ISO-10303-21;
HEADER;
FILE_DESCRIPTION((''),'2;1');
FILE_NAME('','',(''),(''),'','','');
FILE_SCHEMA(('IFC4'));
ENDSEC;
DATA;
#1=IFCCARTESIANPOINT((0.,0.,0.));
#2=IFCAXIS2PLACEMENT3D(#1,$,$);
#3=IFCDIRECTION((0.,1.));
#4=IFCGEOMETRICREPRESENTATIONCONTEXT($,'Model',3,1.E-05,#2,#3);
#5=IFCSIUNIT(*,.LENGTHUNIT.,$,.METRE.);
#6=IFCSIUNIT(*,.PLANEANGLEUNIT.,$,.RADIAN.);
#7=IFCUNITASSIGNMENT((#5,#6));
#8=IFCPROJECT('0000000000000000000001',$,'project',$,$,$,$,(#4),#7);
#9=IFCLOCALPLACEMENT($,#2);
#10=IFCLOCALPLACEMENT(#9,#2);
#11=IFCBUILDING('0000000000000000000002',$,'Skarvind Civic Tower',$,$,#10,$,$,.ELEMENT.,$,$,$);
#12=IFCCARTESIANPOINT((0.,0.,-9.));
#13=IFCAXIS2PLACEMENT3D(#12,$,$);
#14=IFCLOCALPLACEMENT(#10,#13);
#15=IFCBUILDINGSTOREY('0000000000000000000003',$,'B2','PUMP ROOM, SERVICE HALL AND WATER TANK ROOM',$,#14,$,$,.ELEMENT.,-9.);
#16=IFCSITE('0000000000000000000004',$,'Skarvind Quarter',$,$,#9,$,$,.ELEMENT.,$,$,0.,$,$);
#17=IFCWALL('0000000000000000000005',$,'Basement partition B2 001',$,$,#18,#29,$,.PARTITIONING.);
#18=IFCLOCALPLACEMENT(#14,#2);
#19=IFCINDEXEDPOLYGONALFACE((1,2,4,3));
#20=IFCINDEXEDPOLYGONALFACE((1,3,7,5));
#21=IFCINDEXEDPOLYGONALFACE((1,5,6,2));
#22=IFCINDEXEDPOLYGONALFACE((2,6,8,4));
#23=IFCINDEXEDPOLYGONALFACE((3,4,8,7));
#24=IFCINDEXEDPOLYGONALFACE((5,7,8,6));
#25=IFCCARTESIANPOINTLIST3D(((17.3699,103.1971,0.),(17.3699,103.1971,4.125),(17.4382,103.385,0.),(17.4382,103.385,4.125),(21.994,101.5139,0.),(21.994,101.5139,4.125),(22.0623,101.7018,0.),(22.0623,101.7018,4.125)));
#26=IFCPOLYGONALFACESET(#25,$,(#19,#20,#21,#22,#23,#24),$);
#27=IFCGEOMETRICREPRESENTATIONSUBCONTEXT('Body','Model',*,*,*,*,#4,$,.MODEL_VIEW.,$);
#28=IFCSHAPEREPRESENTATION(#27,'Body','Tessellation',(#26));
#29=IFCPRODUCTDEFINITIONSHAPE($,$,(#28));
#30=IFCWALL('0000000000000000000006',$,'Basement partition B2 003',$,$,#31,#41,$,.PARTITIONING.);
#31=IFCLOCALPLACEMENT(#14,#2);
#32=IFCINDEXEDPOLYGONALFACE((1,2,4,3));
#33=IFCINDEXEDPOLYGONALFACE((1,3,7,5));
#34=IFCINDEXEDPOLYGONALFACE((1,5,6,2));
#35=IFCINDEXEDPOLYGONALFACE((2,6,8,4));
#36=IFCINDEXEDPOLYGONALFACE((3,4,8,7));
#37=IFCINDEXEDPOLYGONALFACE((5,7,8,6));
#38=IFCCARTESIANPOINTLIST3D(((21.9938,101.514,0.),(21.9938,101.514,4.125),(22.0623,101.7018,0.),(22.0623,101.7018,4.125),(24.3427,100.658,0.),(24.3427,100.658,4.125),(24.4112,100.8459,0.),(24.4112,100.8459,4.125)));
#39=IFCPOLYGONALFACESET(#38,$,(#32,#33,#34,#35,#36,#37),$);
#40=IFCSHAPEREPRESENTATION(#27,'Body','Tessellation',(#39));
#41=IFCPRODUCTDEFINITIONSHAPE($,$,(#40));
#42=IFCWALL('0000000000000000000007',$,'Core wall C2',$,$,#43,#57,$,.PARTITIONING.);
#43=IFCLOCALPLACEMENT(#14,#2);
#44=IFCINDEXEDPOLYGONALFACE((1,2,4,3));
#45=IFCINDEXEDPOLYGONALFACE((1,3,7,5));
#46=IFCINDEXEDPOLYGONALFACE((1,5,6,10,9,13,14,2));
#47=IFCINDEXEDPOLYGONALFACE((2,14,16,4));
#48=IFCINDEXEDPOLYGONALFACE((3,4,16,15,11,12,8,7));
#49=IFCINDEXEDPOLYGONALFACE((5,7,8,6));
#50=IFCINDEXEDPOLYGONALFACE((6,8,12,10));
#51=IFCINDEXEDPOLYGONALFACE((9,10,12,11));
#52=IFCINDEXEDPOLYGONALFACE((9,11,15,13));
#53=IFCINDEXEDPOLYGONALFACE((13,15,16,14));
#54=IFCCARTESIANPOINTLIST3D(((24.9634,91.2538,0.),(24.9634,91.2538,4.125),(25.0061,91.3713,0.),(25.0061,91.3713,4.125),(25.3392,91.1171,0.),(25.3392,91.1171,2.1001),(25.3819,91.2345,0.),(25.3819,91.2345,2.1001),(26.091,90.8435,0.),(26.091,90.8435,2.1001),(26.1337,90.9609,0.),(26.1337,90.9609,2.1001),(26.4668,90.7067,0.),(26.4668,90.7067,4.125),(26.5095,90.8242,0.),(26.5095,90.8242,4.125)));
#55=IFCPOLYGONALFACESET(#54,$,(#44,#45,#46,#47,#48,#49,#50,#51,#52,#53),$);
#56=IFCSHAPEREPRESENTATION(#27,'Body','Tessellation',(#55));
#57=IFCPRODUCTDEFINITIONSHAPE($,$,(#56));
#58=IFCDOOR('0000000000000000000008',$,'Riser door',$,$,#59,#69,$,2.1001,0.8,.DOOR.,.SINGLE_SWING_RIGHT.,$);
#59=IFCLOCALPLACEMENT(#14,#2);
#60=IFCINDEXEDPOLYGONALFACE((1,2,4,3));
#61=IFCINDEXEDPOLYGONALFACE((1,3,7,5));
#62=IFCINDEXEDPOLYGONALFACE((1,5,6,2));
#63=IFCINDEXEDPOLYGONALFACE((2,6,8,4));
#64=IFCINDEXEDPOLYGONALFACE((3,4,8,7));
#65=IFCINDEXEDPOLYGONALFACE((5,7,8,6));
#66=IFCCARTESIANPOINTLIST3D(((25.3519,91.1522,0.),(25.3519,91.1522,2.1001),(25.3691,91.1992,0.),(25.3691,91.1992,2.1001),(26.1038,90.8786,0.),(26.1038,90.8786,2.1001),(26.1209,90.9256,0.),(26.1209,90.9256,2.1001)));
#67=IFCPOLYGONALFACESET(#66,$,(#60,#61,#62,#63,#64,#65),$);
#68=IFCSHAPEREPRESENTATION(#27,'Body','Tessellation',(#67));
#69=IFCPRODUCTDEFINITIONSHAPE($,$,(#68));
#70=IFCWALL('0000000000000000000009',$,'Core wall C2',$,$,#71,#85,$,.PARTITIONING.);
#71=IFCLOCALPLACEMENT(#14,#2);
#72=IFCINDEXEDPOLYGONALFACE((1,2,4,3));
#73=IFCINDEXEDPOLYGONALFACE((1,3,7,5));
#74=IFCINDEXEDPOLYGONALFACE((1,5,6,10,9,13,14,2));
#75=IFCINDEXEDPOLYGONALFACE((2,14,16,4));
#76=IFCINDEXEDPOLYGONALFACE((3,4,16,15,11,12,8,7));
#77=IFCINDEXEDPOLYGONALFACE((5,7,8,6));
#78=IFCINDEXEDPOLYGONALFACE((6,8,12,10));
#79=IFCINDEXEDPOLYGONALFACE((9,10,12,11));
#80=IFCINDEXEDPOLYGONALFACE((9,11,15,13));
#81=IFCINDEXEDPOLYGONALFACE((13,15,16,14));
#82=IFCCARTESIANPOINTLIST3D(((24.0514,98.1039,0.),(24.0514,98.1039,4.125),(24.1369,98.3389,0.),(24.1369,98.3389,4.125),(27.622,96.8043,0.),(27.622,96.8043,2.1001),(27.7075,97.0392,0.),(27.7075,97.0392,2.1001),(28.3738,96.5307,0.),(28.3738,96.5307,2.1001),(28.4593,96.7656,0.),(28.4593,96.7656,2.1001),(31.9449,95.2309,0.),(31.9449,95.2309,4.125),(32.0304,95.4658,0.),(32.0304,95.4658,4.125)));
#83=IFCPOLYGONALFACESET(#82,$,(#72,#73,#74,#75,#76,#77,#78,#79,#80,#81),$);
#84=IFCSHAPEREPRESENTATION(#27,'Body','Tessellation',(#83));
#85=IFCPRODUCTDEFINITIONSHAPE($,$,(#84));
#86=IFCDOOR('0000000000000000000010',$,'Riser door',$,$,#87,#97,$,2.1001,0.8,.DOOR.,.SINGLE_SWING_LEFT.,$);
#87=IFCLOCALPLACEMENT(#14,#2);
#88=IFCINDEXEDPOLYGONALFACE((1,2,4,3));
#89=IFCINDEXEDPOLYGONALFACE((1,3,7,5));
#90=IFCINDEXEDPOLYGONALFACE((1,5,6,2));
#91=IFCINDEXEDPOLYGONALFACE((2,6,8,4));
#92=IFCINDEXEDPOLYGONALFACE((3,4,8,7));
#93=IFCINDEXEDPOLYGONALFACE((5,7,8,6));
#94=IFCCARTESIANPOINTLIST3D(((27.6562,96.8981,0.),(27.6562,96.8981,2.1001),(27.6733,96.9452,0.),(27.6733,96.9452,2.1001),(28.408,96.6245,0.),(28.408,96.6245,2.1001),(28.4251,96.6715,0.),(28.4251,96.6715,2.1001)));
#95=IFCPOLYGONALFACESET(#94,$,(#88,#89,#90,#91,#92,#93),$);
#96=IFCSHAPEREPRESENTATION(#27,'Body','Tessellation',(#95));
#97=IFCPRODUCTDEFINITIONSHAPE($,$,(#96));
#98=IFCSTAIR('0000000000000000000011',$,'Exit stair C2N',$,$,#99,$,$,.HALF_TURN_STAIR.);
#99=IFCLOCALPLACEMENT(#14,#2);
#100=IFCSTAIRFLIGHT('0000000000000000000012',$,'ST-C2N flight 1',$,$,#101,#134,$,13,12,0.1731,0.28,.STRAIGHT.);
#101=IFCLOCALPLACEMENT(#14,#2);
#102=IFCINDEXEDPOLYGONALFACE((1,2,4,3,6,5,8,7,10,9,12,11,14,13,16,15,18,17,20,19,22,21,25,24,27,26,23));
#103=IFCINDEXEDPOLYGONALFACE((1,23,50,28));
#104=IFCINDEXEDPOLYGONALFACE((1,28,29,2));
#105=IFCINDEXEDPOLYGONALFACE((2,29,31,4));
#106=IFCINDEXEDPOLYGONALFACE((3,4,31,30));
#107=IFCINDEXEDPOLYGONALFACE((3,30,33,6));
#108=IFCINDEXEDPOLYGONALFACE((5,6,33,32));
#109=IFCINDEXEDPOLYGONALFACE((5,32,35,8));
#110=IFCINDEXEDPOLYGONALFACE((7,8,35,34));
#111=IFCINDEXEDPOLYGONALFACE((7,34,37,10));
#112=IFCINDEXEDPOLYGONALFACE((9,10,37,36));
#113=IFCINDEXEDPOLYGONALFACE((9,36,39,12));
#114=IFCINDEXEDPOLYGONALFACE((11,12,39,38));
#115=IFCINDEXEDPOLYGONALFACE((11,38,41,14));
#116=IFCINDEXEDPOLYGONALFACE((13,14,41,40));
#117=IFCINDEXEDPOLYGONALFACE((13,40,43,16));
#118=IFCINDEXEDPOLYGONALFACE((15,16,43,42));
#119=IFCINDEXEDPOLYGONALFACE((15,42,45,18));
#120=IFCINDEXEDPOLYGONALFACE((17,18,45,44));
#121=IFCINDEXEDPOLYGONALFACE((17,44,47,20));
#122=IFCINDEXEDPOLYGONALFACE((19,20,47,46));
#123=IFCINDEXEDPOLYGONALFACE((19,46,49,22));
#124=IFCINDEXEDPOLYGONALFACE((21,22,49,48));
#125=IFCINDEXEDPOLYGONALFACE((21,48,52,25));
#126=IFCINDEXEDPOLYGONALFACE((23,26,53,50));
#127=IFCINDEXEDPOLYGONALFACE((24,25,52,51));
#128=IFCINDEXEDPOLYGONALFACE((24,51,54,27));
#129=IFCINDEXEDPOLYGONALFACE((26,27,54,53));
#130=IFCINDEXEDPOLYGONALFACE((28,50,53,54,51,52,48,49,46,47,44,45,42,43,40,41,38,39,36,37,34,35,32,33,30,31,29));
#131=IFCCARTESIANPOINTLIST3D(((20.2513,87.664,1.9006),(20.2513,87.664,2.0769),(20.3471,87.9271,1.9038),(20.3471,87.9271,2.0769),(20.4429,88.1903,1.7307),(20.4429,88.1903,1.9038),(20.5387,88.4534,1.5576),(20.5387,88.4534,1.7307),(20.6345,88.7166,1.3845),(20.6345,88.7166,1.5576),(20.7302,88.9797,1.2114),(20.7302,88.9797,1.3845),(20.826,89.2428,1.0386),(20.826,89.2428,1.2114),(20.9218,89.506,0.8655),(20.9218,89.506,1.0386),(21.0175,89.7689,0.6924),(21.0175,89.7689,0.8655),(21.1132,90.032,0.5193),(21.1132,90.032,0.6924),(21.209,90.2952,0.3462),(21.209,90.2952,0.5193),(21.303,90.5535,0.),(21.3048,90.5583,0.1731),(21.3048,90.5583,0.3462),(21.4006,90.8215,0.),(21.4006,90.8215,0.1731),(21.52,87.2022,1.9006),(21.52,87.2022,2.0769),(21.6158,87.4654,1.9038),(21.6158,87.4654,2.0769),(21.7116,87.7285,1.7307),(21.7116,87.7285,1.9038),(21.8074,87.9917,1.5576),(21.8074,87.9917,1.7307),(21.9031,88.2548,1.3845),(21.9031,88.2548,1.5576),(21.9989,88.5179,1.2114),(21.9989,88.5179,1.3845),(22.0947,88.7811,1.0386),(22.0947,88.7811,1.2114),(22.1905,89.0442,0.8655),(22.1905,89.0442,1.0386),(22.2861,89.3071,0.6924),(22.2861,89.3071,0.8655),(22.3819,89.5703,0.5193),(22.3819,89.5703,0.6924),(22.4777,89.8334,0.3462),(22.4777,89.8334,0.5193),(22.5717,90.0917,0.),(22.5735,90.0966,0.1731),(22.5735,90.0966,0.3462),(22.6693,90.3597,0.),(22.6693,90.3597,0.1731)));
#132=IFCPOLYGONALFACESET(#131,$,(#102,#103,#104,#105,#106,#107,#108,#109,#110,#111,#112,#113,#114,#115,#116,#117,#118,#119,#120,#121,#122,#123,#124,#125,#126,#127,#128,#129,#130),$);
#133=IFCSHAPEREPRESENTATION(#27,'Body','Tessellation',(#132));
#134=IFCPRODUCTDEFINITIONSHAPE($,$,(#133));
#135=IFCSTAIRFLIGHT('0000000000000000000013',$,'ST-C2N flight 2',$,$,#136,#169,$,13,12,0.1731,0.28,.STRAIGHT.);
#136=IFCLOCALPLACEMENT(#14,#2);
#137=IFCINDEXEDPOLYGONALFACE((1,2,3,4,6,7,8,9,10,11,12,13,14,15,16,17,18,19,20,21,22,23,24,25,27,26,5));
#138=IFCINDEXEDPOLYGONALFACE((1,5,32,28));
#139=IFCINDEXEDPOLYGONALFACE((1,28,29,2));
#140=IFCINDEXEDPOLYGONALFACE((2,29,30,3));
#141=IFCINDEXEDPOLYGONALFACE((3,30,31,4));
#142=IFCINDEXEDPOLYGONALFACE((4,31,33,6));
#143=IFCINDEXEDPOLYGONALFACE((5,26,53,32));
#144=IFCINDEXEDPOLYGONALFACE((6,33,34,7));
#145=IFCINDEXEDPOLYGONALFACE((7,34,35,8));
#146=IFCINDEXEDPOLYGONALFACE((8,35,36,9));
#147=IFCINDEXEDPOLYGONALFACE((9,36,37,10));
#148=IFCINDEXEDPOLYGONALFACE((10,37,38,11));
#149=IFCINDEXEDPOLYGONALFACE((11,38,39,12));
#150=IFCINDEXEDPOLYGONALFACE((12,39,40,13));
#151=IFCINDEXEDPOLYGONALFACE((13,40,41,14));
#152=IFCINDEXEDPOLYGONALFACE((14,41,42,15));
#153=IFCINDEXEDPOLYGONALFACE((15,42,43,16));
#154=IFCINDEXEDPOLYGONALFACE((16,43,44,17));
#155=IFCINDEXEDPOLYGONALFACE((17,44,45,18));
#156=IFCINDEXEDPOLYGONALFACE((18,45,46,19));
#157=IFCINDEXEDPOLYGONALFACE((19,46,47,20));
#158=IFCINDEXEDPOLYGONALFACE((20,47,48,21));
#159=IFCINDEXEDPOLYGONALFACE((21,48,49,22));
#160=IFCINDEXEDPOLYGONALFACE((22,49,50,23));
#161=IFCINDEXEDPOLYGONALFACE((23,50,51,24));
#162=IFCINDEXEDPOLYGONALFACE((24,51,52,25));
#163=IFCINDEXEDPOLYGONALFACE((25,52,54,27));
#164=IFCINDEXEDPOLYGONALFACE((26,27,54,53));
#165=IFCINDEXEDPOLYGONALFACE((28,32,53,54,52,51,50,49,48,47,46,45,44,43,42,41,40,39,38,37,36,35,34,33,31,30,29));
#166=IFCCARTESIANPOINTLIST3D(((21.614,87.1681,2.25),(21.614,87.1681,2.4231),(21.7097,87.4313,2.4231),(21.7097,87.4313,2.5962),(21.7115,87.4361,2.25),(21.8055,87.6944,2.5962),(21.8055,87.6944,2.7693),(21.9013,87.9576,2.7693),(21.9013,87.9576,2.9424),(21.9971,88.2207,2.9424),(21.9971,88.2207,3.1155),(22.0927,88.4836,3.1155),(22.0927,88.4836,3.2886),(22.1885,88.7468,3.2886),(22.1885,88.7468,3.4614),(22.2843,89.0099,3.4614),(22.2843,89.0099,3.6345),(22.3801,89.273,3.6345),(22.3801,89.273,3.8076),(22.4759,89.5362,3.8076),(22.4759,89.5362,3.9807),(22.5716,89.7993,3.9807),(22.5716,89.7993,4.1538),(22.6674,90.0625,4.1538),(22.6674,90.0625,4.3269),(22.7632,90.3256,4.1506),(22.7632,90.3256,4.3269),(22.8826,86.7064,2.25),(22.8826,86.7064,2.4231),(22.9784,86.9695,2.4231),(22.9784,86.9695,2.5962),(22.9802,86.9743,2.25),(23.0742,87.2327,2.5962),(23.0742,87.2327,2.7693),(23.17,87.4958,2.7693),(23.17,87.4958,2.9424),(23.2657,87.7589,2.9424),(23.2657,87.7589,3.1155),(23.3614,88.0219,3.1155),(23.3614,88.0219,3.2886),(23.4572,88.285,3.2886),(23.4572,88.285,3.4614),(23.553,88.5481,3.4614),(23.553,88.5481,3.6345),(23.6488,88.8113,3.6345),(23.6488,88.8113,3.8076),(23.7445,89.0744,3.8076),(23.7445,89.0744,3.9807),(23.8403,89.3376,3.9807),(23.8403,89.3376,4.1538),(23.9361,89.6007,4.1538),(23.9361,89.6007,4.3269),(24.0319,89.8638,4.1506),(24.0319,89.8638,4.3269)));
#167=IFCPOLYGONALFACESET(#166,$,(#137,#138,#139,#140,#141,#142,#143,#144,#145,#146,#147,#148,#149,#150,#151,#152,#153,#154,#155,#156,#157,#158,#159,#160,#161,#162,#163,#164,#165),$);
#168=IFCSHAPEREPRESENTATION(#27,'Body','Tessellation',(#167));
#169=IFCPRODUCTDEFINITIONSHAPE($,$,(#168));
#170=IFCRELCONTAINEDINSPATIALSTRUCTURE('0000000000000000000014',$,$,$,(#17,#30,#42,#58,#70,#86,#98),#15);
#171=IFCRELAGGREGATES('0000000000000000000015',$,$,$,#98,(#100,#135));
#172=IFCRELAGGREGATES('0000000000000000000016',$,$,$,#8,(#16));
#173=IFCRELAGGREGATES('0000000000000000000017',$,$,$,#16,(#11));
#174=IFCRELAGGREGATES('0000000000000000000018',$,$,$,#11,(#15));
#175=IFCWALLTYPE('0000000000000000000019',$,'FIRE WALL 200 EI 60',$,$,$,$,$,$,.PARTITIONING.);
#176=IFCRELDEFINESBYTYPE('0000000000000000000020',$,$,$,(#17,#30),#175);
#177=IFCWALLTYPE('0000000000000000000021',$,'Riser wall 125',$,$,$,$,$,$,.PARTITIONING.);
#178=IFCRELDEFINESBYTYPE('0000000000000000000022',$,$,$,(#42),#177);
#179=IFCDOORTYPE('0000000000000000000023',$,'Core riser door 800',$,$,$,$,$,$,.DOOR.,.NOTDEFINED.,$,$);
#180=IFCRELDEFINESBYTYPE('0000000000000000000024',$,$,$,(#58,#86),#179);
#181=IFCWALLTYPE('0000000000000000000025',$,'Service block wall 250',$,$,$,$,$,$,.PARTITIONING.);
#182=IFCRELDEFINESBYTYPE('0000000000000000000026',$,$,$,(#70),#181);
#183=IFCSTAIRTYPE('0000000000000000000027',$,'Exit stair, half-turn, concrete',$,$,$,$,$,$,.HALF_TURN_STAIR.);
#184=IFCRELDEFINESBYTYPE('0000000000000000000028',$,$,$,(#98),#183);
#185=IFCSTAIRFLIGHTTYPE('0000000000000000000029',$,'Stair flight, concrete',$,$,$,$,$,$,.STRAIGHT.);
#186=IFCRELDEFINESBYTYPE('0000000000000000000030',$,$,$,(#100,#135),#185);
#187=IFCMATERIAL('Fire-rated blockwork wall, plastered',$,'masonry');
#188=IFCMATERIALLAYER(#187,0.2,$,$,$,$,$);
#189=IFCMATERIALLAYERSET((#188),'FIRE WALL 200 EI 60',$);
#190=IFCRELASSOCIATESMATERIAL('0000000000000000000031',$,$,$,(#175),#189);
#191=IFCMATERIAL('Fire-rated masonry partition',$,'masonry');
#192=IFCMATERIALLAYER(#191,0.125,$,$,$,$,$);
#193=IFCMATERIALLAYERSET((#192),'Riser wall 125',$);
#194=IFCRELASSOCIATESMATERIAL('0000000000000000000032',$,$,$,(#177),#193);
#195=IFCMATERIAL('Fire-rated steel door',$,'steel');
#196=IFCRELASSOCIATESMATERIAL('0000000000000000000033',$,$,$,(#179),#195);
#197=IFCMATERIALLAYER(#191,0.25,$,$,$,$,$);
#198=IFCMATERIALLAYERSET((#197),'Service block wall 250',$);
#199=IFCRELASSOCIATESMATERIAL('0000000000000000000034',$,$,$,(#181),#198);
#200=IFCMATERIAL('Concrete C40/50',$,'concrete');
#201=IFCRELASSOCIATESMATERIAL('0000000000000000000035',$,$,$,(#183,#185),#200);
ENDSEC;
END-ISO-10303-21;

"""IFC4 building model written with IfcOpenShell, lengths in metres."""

from ifc_helpers import new_model, si_unit, direction, frame, frame_2d, origin, place, context, subcontext, project, spatial, polyline, rectangle, outline, extrude, material, layer, layer_set, type_object, element, fill, aggregate, save


model = new_model("IFC4")

# Units and contexts
model_context = context("Model", 3, precision=1e-05, world=origin(), true_north=direction((0.0, 1.0)))
body_context = subcontext(model_context, "Body", "Model", "MODEL_VIEW")
ifc_project = project(units=[si_unit("LENGTHUNIT", "METRE"), si_unit("PLANEANGLEUNIT", "RADIAN")], contexts=[model_context])

# Site, building, storey
site_placement = place(None, origin())
site = spatial("IfcSite", under=ifc_project, at=site_placement, Name="Skarvind Quarter", CompositionType="ELEMENT", RefElevation=0.0)
building_placement = place(site_placement, origin())
building = spatial("IfcBuilding", under=site, at=building_placement, Name="Skarvind Civic Tower", CompositionType="ELEMENT")
storey_placement = place(building_placement, frame((0.0, 0.0, -9.0)))
storey = spatial("IfcBuildingStorey", under=building, at=storey_placement, Name="B2", Description="PUMP ROOM, SERVICE HALL AND WATER TANK ROOM", CompositionType="ELEMENT", Elevation=-9.0)

# Shared definitions
ifc_material_1 = material(Name="Fire-rated masonry partition", Category="masonry")
ifc_material_2 = material(Name="Fire-rated steel door", Category="steel")

# Walls
ifc_material_3 = material(Name="Fire-rated blockwork wall, plastered", Category="masonry")
ifc_layer_1 = layer(ifc_material_3, 0.2)
ifc_layer_set_1 = layer_set([ifc_layer_1], Name="FIRE WALL 200 EI 60")
wall_type_1 = type_object("IfcWallType", Name="FIRE WALL 200 EI 60", PredefinedType="PARTITIONING", material=ifc_layer_set_1)
wall_1_placement = place(storey_placement, frame((17.4041, 103.291, 0.0), z_axis=(0.0, 0.0, 1.0), x_axis=(0.939686, -0.342038, 0.0)))
element("IfcWall", 1, at=wall_1_placement, inside=storey, type_object=wall_type_1, Name="Basement partition B2 001", PredefinedType="PARTITIONING", context=body_context, shape_type="SweptSolid", body=[
    extrude(rectangle(XDim=4.9209, YDim=0.2, at=frame_2d((2.4604, 0.0))), origin(), (0.0, 0.0, 1.0), 4.125),
])
wall_2_placement = place(storey_placement, frame((22.0281, 101.6079, 0.0), z_axis=(0.0, 0.0, 1.0), x_axis=(0.939559, -0.342386, 0.0)))
element("IfcWall", 2, at=wall_2_placement, inside=storey, type_object=wall_type_1, Name="Basement partition B2 003", PredefinedType="PARTITIONING", context=body_context, shape_type="SweptSolid", body=[
    extrude(rectangle(XDim=2.5, YDim=0.2, at=frame_2d((1.25, 0.0))), origin(), (0.0, 0.0, 1.0), 4.125),
])

# Walls, openings, doors
ifc_layer_2 = layer(ifc_material_1, 0.125)
ifc_layer_set_2 = layer_set([ifc_layer_2], Name="Riser wall 125")
wall_type_2 = type_object("IfcWallType", Name="Riser wall 125", PredefinedType="PARTITIONING", material=ifc_layer_set_2)
wall_3_placement = place(storey_placement, frame((24.9849, 91.3125, 0.0), z_axis=(0.0, 0.0, 1.0), x_axis=(0.939709, -0.341976, 0.0)))
wall_3 = element("IfcWall", 3, at=wall_3_placement, inside=storey, type_object=wall_type_2, Name="Core wall C2", PredefinedType="PARTITIONING", context=body_context, shape_type="SweptSolid", body=[
    extrude(rectangle(XDim=1.5999, YDim=0.125, at=frame_2d((0.7998, 0.0))), origin(), (0.0, 0.0, 1.0), 4.125),
])
opening_1_placement = place(wall_3_placement, frame((0.3999, 0.0, 0.0)))
opening_1 = element("IfcOpeningElement", 4, at=opening_1_placement, cuts=wall_3, PredefinedType="OPENING", context=body_context, shape_type="SweptSolid", body=[
    extrude(rectangle(XDim=0.8, YDim=2.1001, at=frame_2d((0.3999, 1.05))), frame((0.0, 0.0725, 0.0), z_axis=(0.0, -1.0, 0.0), x_axis=(1.0, 0.0, 0.0)), (0.0, 0.0, 1.0), 0.145),
])
door_type_1 = type_object("IfcDoorType", Name="Core riser door 800", OperationType="NOTDEFINED", PredefinedType="DOOR", material=ifc_material_2)
door_1_placement = place(opening_1_placement, origin())
door_1 = element("IfcDoor", 5, at=door_1_placement, inside=storey, type_object=door_type_1, Name="Riser door", OperationType="SINGLE_SWING_RIGHT", OverallHeight=2.1001, OverallWidth=0.8, PredefinedType="DOOR", context=body_context, shape_type="SweptSolid", body=[
    extrude(rectangle(XDim=0.8, YDim=2.1001, at=frame_2d((0.3999, 1.05))), frame((0.0, 0.0249, 0.0), z_axis=(0.0, -1.0, 0.0), x_axis=(1.0, 0.0, 0.0)), (0.0, 0.0, 1.0), 0.05),
])
fill(opening_1, door_1)
ifc_layer_3 = layer(ifc_material_1, 0.25)
ifc_layer_set_3 = layer_set([ifc_layer_3], Name="Service block wall 250")
wall_type_3 = type_object("IfcWallType", Name="Service block wall 250", PredefinedType="PARTITIONING", material=ifc_layer_set_3)
wall_4_placement = place(storey_placement, frame((24.094, 98.2214, 0.0), z_axis=(0.0, 0.0, 1.0), x_axis=(0.939692, -0.342023, 0.0)))
wall_4 = element("IfcWall", 6, at=wall_4_placement, inside=storey, type_object=wall_type_3, Name="Core wall C2", PredefinedType="PARTITIONING", context=body_context, shape_type="SweptSolid", body=[
    extrude(rectangle(XDim=8.4001, YDim=0.25, at=frame_2d((4.2002, 0.0))), origin(), (0.0, 0.0, 1.0), 4.125),
])
opening_2_placement = place(wall_4_placement, frame((3.8, 0.0, 0.0)))
opening_2 = element("IfcOpeningElement", 7, at=opening_2_placement, cuts=wall_4, PredefinedType="OPENING", context=body_context, shape_type="SweptSolid", body=[
    extrude(rectangle(XDim=0.8, YDim=2.1001, at=frame_2d((0.3999, 1.05))), frame((0.0, 0.135, 0.0), z_axis=(0.0, -1.0, 0.0), x_axis=(1.0, 0.0, 0.0)), (0.0, 0.0, 1.0), 0.27),
])
door_2_placement = place(opening_2_placement, origin())
door_2 = element("IfcDoor", 8, at=door_2_placement, inside=storey, type_object=door_type_1, Name="Riser door", OperationType="SINGLE_SWING_LEFT", OverallHeight=2.1001, OverallWidth=0.8, PredefinedType="DOOR", context=body_context, shape_type="SweptSolid", body=[
    extrude(rectangle(XDim=0.8, YDim=2.1001, at=frame_2d((0.3999, 1.05))), frame((0.0, 0.0249, 0.0), z_axis=(0.0, -1.0, 0.0), x_axis=(1.0, 0.0, 0.0)), (0.0, 0.0, 1.0), 0.05),
])
fill(opening_2, door_2)

# Stair, stair flights
ifc_material_4 = material(Name="Concrete C40/50", Category="concrete")
stair_type = type_object("IfcStairType", Name="Exit stair, half-turn, concrete", PredefinedType="HALF_TURN_STAIR", material=ifc_material_4)
stair_placement = place(storey_placement, origin())
stair = element("IfcStair", 9, at=stair_placement, inside=storey, type_object=stair_type, Name="Exit stair C2N", PredefinedType="HALF_TURN_STAIR")
stair_flight_type = type_object("IfcStairFlightType", Name="Stair flight, concrete", PredefinedType="STRAIGHT", material=ifc_material_4)
stair_flight_1_placement = place(storey_placement, frame((22.0349, 90.5906, 0.0), z_axis=(0.0, 0.0, 1.0), x_axis=(-0.34202, -0.939693, 0.0)))
stair_flight_1 = element("IfcStairFlight", 10, at=stair_flight_1_placement, type_object=stair_flight_type, Name="ST-C2N flight 1", NumberOfRisers=13, NumberOfTreads=12, PredefinedType="STRAIGHT", RiserHeight=0.1731, TreadLength=0.28, context=body_context, shape_type="SweptSolid", body=[
    extrude(outline(polyline([(0.0, 0.0), (0.0, 0.1731), (0.28, 0.1731), (0.28, 0.3462), (0.5601, 0.3462), (0.5601, 0.5193), (0.8401, 0.5193), (0.8401, 0.6924), (1.1201, 0.6924), (1.1201, 0.8655), (1.3999, 0.8655), (1.3999, 1.0386), (1.6799, 1.0386), (1.6799, 1.2114), (1.96, 1.2114), (1.96, 1.3845), (2.24, 1.3845), (2.24, 1.5576), (2.52, 1.5576), (2.52, 1.7307), (2.8, 1.7307), (2.8, 1.9038), (3.0801, 1.9038), (3.0801, 2.0769), (3.3601, 2.0769), (3.3601, 2.25), (3.3601, 1.9006), (0.2852, 0.0), (0.0, 0.0)])), frame((0.0, 0.675, 0.0), z_axis=(0.0, -1.0, 0.0), x_axis=(1.0, 0.0, 0.0)), (0.0, 0.0, 1.0), 1.3501),
])
stair_flight_2_placement = place(storey_placement, frame((22.2483, 86.9373, 2.25), z_axis=(0.0, 0.0, 1.0), x_axis=(0.34202, 0.939693, 0.0)))
stair_flight_2 = element("IfcStairFlight", 11, at=stair_flight_2_placement, type_object=stair_flight_type, Name="ST-C2N flight 2", NumberOfRisers=13, NumberOfTreads=12, PredefinedType="STRAIGHT", RiserHeight=0.1731, TreadLength=0.28, context=body_context, shape_type="SweptSolid", body=[
    extrude(outline(polyline([(0.0, 0.0), (0.0, 0.1731), (0.28, 0.1731), (0.28, 0.3462), (0.5601, 0.3462), (0.5601, 0.5193), (0.8401, 0.5193), (0.8401, 0.6924), (1.1201, 0.6924), (1.1201, 0.8655), (1.3999, 0.8655), (1.3999, 1.0386), (1.6799, 1.0386), (1.6799, 1.2114), (1.96, 1.2114), (1.96, 1.3845), (2.24, 1.3845), (2.24, 1.5576), (2.52, 1.5576), (2.52, 1.7307), (2.8, 1.7307), (2.8, 1.9038), (3.0801, 1.9038), (3.0801, 2.0769), (3.3601, 2.0769), (3.3601, 2.25), (3.3601, 1.9006), (0.2852, 0.0), (0.0, 0.0)])), frame((0.0, 0.675, 0.0), z_axis=(0.0, -1.0, 0.0), x_axis=(1.0, 0.0, 0.0)), (0.0, 0.0, 1.0), 1.3501),
])
aggregate(stair, [stair_flight_1, stair_flight_2])

save(model, "model.ifc")
